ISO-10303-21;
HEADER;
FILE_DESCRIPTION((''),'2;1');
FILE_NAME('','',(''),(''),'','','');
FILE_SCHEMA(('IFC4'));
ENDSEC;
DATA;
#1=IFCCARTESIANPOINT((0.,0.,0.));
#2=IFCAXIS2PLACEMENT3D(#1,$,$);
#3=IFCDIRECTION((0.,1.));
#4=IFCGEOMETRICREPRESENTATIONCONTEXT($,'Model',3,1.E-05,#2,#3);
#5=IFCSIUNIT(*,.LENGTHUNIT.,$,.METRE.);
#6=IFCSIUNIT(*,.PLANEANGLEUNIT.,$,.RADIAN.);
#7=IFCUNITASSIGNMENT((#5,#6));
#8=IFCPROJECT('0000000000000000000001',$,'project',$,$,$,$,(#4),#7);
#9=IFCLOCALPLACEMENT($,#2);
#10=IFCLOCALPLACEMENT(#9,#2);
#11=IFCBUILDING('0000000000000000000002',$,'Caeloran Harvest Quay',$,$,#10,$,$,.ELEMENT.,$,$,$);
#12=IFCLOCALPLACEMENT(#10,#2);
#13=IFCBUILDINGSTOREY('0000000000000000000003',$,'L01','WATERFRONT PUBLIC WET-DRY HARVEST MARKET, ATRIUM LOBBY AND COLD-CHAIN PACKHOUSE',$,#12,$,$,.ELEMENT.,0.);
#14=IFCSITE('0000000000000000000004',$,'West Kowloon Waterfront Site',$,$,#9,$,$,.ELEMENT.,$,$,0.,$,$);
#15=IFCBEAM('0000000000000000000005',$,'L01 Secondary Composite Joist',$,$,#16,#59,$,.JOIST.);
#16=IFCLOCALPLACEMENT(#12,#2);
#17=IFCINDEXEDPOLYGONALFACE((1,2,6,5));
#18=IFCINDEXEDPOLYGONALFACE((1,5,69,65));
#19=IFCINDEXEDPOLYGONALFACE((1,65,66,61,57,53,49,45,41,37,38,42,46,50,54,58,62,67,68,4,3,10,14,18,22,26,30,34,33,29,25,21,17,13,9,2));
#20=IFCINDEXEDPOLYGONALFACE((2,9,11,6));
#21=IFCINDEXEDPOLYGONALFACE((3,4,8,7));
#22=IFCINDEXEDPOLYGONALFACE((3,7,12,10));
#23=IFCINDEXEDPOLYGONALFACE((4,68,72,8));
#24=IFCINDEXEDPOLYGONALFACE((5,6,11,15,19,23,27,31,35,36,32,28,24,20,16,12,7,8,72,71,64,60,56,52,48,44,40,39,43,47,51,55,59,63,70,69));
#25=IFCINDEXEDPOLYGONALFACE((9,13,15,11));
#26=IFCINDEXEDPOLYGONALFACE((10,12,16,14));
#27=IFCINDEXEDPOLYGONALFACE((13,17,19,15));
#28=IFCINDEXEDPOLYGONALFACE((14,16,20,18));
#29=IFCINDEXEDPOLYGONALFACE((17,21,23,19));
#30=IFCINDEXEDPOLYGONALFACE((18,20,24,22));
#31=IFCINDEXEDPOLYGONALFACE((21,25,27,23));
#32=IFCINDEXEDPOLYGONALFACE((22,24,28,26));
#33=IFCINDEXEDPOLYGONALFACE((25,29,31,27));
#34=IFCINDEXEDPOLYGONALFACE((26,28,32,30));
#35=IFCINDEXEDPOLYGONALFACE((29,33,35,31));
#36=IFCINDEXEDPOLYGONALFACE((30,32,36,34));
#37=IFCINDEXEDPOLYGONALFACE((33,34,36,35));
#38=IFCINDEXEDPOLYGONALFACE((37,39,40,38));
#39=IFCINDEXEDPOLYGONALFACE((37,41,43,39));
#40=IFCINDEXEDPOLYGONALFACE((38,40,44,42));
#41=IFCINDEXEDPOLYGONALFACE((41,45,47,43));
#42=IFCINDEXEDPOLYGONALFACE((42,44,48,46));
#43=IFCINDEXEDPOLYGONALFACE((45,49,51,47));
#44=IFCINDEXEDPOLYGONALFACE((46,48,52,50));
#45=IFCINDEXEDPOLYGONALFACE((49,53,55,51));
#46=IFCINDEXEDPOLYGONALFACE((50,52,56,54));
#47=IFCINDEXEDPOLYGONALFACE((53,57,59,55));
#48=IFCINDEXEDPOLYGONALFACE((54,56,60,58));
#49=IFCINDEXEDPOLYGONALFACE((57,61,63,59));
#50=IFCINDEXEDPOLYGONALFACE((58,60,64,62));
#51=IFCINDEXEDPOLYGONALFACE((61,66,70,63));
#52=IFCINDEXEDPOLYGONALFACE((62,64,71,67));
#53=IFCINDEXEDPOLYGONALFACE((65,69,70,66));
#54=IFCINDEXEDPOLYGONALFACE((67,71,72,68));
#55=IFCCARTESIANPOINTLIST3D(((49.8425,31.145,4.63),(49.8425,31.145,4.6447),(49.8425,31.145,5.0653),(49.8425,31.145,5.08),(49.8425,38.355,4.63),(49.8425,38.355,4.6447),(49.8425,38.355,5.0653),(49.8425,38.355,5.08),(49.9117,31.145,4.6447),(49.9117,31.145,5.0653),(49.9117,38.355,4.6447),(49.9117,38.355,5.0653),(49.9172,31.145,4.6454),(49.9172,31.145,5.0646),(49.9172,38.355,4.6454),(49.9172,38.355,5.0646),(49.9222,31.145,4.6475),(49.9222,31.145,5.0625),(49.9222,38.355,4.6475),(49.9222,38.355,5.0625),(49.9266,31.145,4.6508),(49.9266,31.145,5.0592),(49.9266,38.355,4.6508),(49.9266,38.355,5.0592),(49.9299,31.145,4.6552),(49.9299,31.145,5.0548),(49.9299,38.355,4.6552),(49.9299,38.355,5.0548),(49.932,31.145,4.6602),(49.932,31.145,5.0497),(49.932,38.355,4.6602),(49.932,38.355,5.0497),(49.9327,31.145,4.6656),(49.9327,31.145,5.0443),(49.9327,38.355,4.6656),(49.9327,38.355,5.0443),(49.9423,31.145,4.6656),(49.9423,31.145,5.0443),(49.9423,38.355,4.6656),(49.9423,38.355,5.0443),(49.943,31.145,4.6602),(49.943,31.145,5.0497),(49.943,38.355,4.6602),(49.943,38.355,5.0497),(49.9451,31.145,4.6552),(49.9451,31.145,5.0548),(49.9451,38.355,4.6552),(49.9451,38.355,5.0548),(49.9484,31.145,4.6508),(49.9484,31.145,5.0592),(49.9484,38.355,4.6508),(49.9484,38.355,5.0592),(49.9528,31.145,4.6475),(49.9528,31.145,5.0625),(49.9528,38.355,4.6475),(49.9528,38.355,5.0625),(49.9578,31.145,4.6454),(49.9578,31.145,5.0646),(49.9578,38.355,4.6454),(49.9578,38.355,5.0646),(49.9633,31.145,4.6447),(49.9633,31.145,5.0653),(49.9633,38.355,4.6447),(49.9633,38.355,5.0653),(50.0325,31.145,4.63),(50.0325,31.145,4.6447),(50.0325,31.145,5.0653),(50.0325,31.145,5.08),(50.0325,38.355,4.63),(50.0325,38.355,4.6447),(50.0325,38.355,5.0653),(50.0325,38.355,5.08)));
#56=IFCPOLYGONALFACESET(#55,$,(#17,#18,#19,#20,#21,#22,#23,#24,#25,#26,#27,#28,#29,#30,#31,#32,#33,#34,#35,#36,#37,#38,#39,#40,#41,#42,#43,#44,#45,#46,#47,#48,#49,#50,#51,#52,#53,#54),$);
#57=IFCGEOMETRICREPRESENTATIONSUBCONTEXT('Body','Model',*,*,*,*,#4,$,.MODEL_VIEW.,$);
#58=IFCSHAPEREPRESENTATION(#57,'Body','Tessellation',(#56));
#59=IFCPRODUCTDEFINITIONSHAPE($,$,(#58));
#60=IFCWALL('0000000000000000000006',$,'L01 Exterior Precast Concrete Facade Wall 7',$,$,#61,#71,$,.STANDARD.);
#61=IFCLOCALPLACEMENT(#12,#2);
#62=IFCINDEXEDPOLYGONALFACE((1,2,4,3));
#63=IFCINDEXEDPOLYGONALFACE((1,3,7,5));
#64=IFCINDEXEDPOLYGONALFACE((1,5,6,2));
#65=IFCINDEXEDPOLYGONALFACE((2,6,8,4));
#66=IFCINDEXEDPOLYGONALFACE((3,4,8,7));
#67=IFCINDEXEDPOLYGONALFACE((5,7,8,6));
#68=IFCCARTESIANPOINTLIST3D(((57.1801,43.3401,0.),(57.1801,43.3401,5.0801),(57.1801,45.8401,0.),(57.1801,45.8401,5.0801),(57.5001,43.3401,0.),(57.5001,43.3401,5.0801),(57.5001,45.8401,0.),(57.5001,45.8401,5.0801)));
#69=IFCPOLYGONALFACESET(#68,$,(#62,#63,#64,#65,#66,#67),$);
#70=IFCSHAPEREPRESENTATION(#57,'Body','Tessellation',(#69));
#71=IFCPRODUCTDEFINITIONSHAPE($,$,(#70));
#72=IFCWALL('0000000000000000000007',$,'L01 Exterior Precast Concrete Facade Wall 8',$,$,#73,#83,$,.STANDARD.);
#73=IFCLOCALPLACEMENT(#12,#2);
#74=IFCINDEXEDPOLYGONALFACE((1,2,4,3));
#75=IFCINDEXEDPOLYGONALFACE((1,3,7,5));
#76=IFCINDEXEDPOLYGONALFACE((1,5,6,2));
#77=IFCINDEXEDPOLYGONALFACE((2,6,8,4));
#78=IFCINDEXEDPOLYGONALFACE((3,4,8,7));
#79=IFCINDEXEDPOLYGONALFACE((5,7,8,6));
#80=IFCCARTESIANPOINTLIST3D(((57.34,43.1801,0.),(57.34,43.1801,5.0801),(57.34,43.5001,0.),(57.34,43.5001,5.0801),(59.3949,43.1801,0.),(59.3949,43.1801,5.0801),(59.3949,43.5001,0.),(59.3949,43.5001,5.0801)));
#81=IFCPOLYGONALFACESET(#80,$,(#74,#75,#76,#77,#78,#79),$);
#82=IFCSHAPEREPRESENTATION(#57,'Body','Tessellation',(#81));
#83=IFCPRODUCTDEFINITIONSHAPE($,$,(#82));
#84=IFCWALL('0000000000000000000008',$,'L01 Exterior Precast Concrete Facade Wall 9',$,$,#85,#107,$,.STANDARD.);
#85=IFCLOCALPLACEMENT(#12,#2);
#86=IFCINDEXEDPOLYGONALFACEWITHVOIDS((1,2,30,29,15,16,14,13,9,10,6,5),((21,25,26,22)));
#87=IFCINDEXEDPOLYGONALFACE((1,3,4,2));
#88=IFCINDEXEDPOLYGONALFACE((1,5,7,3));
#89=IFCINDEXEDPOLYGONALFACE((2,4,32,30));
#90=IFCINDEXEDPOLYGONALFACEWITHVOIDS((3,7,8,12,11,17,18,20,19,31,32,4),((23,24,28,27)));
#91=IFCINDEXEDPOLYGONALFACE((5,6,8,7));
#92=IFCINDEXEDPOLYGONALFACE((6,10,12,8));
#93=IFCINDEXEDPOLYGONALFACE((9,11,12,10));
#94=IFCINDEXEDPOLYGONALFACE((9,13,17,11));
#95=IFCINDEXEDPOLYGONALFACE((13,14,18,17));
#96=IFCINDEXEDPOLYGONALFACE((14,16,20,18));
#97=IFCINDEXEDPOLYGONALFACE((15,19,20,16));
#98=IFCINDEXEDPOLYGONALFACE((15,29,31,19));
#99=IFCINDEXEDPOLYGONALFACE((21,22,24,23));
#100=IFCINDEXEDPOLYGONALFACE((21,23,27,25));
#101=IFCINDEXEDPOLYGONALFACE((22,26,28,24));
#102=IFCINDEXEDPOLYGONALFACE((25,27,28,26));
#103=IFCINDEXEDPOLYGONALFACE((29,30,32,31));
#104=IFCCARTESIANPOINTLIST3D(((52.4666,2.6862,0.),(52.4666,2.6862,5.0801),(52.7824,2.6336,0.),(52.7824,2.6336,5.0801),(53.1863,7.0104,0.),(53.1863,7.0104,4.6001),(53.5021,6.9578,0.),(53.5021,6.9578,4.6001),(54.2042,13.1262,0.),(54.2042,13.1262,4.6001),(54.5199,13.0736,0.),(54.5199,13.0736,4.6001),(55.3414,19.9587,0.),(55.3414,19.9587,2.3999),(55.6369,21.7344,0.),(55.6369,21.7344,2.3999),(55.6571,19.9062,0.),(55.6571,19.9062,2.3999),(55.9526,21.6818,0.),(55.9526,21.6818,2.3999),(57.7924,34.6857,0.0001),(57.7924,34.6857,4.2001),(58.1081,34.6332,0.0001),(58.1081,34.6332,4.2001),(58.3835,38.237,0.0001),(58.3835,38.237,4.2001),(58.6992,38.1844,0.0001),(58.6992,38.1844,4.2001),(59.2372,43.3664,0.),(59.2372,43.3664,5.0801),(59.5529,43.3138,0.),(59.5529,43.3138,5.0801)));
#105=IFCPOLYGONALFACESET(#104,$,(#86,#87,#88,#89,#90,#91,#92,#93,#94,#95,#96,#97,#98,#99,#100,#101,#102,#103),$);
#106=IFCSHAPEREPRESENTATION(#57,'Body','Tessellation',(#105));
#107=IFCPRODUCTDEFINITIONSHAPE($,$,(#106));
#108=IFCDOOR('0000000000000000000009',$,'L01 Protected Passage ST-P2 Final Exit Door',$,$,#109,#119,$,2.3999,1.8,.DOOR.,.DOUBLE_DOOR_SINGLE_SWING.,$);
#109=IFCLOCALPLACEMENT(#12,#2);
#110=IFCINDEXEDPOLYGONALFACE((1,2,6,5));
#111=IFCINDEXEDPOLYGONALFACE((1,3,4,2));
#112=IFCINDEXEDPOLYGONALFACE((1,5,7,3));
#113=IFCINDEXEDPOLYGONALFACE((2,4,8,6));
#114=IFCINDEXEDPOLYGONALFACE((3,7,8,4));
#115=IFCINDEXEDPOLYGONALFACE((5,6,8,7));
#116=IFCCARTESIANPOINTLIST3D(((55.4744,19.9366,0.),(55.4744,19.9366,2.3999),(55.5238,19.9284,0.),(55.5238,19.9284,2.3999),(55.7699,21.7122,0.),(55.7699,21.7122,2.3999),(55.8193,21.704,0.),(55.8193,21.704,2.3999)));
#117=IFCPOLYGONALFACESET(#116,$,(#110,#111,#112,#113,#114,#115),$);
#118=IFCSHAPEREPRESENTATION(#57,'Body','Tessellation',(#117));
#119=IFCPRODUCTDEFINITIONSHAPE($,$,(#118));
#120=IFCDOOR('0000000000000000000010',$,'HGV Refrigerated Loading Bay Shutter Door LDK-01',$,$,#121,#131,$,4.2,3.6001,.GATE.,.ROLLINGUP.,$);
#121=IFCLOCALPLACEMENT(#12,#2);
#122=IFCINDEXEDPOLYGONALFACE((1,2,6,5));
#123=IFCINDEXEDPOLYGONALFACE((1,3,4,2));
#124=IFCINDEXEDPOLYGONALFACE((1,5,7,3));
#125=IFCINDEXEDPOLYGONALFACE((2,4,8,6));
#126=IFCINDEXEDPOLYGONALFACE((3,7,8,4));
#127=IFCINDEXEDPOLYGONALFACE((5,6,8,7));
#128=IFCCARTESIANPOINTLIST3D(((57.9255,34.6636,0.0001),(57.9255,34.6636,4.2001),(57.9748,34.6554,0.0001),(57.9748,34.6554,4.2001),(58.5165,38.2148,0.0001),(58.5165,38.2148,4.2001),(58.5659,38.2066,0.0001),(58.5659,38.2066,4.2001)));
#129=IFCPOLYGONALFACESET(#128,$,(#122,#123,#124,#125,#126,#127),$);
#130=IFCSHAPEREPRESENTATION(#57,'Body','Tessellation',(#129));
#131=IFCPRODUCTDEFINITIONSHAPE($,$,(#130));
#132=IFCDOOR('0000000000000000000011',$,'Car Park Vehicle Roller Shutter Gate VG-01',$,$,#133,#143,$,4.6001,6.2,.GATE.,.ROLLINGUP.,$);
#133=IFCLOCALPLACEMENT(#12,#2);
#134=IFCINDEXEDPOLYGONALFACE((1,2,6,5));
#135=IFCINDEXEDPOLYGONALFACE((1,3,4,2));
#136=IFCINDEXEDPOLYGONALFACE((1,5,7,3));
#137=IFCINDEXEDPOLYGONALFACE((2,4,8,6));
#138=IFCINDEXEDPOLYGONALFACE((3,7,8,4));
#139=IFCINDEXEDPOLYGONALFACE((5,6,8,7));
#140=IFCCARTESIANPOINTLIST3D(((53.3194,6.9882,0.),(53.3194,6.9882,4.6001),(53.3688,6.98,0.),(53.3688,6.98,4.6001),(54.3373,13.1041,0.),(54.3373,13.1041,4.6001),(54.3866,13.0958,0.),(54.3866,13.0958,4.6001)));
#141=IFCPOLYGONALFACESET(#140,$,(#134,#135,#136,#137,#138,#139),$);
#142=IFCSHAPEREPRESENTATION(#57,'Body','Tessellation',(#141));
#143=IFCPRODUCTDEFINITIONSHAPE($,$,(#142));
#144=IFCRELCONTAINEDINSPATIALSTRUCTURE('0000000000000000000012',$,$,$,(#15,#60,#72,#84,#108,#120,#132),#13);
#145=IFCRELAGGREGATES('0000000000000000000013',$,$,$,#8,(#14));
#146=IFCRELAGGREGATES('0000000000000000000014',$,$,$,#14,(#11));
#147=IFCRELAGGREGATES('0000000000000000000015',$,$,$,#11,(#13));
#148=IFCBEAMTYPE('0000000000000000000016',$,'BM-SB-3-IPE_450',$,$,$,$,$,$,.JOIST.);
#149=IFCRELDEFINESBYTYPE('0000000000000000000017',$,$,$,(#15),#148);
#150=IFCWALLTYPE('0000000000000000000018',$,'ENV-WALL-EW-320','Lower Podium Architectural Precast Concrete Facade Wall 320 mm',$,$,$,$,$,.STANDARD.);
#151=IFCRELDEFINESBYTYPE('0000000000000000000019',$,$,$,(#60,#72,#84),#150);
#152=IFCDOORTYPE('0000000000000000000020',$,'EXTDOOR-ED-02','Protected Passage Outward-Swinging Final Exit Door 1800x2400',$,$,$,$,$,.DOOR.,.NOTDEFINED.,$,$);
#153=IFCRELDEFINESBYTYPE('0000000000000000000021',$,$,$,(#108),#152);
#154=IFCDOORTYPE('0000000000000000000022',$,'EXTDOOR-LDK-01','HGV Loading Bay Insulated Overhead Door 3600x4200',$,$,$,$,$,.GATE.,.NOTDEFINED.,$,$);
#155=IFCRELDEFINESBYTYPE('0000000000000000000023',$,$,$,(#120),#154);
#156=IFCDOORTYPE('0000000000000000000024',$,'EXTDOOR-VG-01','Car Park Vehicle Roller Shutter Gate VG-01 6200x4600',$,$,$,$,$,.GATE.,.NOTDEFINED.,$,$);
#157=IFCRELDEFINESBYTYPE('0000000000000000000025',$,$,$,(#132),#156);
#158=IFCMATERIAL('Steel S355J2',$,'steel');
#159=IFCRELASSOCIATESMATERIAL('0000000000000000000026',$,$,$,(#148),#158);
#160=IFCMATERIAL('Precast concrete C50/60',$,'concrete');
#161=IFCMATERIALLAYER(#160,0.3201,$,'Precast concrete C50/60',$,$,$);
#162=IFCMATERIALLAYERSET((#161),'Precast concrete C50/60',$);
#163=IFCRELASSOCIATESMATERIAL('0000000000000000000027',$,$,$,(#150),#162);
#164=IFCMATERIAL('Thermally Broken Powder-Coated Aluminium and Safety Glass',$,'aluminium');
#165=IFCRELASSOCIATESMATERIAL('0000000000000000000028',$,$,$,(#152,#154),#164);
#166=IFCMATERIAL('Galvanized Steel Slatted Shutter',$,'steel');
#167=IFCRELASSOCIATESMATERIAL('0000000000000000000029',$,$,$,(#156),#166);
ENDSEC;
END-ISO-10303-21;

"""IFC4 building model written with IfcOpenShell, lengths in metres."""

from ifc_helpers import new_model, si_unit, direction, frame, frame_2d, origin, origin_2d, place, context, subcontext, project, spatial, rectangle, i_section, extrude, material, layer, layer_set, material_profile, profile_set, type_object, element, fill, save


model = new_model("IFC4")

# Units and contexts
model_context = context("Model", 3, precision=1e-05, world=origin(), true_north=direction((0.0, 1.0)))
body_context = subcontext(model_context, "Body", "Model", "MODEL_VIEW")
ifc_project = project(units=[si_unit("LENGTHUNIT", "METRE"), si_unit("PLANEANGLEUNIT", "RADIAN")], contexts=[model_context])

# Site, building, storey
site_placement = place(None, origin())
site = spatial("IfcSite", under=ifc_project, at=site_placement, Name="West Kowloon Waterfront Site", CompositionType="ELEMENT", RefElevation=0.0)
building_placement = place(site_placement, origin())
building = spatial("IfcBuilding", under=site, at=building_placement, Name="Caeloran Harvest Quay", CompositionType="ELEMENT")
storey_placement = place(building_placement, origin())
storey = spatial("IfcBuildingStorey", under=building, at=storey_placement, Name="L01", Description="WATERFRONT PUBLIC WET-DRY HARVEST MARKET, ATRIUM LOBBY AND COLD-CHAIN PACKHOUSE", CompositionType="ELEMENT", Elevation=0.0)

# Beam
ifc_material_1 = material(Name="Steel S355J2", Category="steel")
ifc_material_profile_1 = material_profile(ifc_material_1, i_section(OverallWidth=0.1899, OverallDepth=0.45, WebThickness=0.0095, FlangeThickness=0.0146, FilletRadius=0.021, at=origin_2d()), Name="IPE 450")
ifc_profile_set_1 = profile_set([ifc_material_profile_1], Name="Steel S355J2")
beam_type_1 = type_object("IfcBeamType", Name="BM-SB-3-IPE_450", PredefinedType="JOIST", material=ifc_profile_set_1)
for number, where, z_axis, x_axis, name in (
    (1, (49.9375, 31.145, 4.855), (0.0, 1.0, 0.0), (-1.0, 0.0, 0.0), "L01 Secondary Composite Joist"),
):
    element("IfcBeam", number, at=place(storey_placement, frame(where, z_axis=z_axis, x_axis=x_axis)), inside=storey, type_object=beam_type_1, Name=name, PredefinedType="JOIST", context=body_context, shape_type="SweptSolid", body=[
        extrude(i_section(OverallWidth=0.1899, OverallDepth=0.45, WebThickness=0.0095, FlangeThickness=0.0146, FilletRadius=0.021, at=origin_2d()), origin(), (0.0, 0.0, 1.0), 7.21),
    ])

# Walls
ifc_material_2 = material(Name="Precast concrete C50/60", Category="concrete")
ifc_layer_1 = layer(ifc_material_2, 0.3201, Name="Precast concrete C50/60")
ifc_layer_set_1 = layer_set([ifc_layer_1], Name="Precast concrete C50/60")
wall_type_1 = type_object("IfcWallType", Name="ENV-WALL-EW-320", Description="Lower Podium Architectural Precast Concrete Facade Wall 320 mm", PredefinedType="STANDARD", material=ifc_layer_set_1)
wall_1_placement = place(storey_placement, frame((57.3401, 45.8401, 0.0), z_axis=(0.0, 0.0, 1.0), x_axis=(0.0, -1.0, 0.0)))
element("IfcWall", 2, at=wall_1_placement, inside=storey, type_object=wall_type_1, Name="L01 Exterior Precast Concrete Facade Wall 7", PredefinedType="STANDARD", context=body_context, shape_type="SweptSolid", body=[
    extrude(rectangle(XDim=2.5, YDim=0.3201, at=frame_2d((1.25, 0.0))), origin(), (0.0, 0.0, 1.0), 5.0801),
])
wall_2_placement = place(storey_placement, frame((57.3401, 43.3401, 0.0), z_axis=(0.0, 0.0, 1.0), x_axis=(1.0, 0.0, 0.0)))
element("IfcWall", 3, at=wall_2_placement, inside=storey, type_object=wall_type_1, Name="L01 Exterior Precast Concrete Facade Wall 8", PredefinedType="STANDARD", context=body_context, shape_type="SweptSolid", body=[
    extrude(rectangle(XDim=2.0549, YDim=0.3201, at=frame_2d((1.0273, 0.0))), origin(), (0.0, 0.0, 1.0), 5.0801),
])

# Wall, openings, doors
wall_3_placement = place(storey_placement, frame((59.395, 43.3401, 0.0), z_axis=(0.0, 0.0, 1.0), x_axis=(-0.164174, -0.986431, 0.0)))
wall_3 = element("IfcWall", 4, at=wall_3_placement, inside=storey, type_object=wall_type_1, Name="L01 Exterior Precast Concrete Facade Wall 9", PredefinedType="STANDARD", context=body_context, shape_type="SweptSolid", body=[
    extrude(rectangle(XDim=41.2397, YDim=0.3201, at=frame_2d((20.6199, 0.0))), origin(), (0.0, 0.0, 1.0), 5.0801),
])
opening_1_placement = place(wall_3_placement, frame((30.656, 0.0, 0.0)))
opening_1 = element("IfcOpeningElement", 5, at=opening_1_placement, cuts=wall_3, PredefinedType="OPENING", context=body_context, shape_type="SweptSolid", body=[
    extrude(rectangle(XDim=6.2, YDim=4.6001, at=frame_2d((3.1001, 2.3))), frame((0.0, 0.1699, 0.0), z_axis=(0.0, -1.0, 0.0), x_axis=(1.0, 0.0, 0.0)), (0.0, 0.0, 1.0), 0.3401),
])
opening_2_placement = place(wall_3_placement, frame((5.2, 0.0, 0.0)))
opening_2 = element("IfcOpeningElement", 6, at=opening_2_placement, cuts=wall_3, PredefinedType="OPENING", context=body_context, shape_type="SweptSolid", body=[
    extrude(rectangle(XDim=3.6001, YDim=4.2, at=frame_2d((1.8, 2.1001))), frame((0.0, 0.1699, 0.0), z_axis=(0.0, -1.0, 0.0), x_axis=(1.0, 0.0, 0.0)), (0.0, 0.0, 1.0), 0.3401),
])
opening_3_placement = place(wall_3_placement, frame((21.9297, 0.0, 0.0)))
opening_3 = element("IfcOpeningElement", 7, at=opening_3_placement, cuts=wall_3, PredefinedType="OPENING", context=body_context, shape_type="SweptSolid", body=[
    extrude(rectangle(XDim=1.8, YDim=2.3999, at=frame_2d((0.8999, 1.2))), frame((0.0, 0.1699, 0.0), z_axis=(0.0, -1.0, 0.0), x_axis=(1.0, 0.0, 0.0)), (0.0, 0.0, 1.0), 0.3401),
])
ifc_material_3 = material(Name="Thermally Broken Powder-Coated Aluminium and Safety Glass", Category="aluminium")
door_type_1 = type_object("IfcDoorType", Name="EXTDOOR-ED-02", Description="Protected Passage Outward-Swinging Final Exit Door 1800x2400", OperationType="NOTDEFINED", PredefinedType="DOOR", material=ifc_material_3)
door_1_placement = place(opening_3_placement, origin())
door_1 = element("IfcDoor", 8, at=door_1_placement, inside=storey, type_object=door_type_1, Name="L01 Protected Passage ST-P2 Final Exit Door", OperationType="DOUBLE_DOOR_SINGLE_SWING", OverallHeight=2.3999, OverallWidth=1.8, PredefinedType="DOOR", context=body_context, shape_type="SweptSolid", body=[
    extrude(rectangle(XDim=1.8, YDim=2.3999, at=frame_2d((0.8999, 1.2))), frame((0.0, 0.0249, 0.0), z_axis=(0.0, -1.0, 0.0), x_axis=(1.0, 0.0, 0.0)), (0.0, 0.0, 1.0), 0.05),
])
fill(opening_3, door_1)
door_type_2 = type_object("IfcDoorType", Name="EXTDOOR-LDK-01", Description="HGV Loading Bay Insulated Overhead Door 3600x4200", OperationType="NOTDEFINED", PredefinedType="GATE", material=ifc_material_3)
door_2_placement = place(opening_2_placement, origin())
door_2 = element("IfcDoor", 9, at=door_2_placement, inside=storey, type_object=door_type_2, Name="HGV Refrigerated Loading Bay Shutter Door LDK-01", OperationType="ROLLINGUP", OverallHeight=4.2, OverallWidth=3.6001, PredefinedType="GATE", context=body_context, shape_type="SweptSolid", body=[
    extrude(rectangle(XDim=3.6001, YDim=4.2, at=frame_2d((1.8, 2.1001))), frame((0.0, 0.0249, 0.0), z_axis=(0.0, -1.0, 0.0), x_axis=(1.0, 0.0, 0.0)), (0.0, 0.0, 1.0), 0.05),
])
fill(opening_2, door_2)
ifc_material_4 = material(Name="Galvanized Steel Slatted Shutter", Category="steel")
door_type_3 = type_object("IfcDoorType", Name="EXTDOOR-VG-01", Description="Car Park Vehicle Roller Shutter Gate VG-01 6200x4600", OperationType="NOTDEFINED", PredefinedType="GATE", material=ifc_material_4)
door_3_placement = place(opening_1_placement, origin())
door_3 = element("IfcDoor", 10, at=door_3_placement, inside=storey, type_object=door_type_3, Name="Car Park Vehicle Roller Shutter Gate VG-01", OperationType="ROLLINGUP", OverallHeight=4.6001, OverallWidth=6.2, PredefinedType="GATE", context=body_context, shape_type="SweptSolid", body=[
    extrude(rectangle(XDim=6.2, YDim=4.6001, at=frame_2d((3.1001, 2.3))), frame((0.0, 0.0249, 0.0), z_axis=(0.0, -1.0, 0.0), x_axis=(1.0, 0.0, 0.0)), (0.0, 0.0, 1.0), 0.05),
])
fill(opening_1, door_3)

save(model, "model.ifc")
